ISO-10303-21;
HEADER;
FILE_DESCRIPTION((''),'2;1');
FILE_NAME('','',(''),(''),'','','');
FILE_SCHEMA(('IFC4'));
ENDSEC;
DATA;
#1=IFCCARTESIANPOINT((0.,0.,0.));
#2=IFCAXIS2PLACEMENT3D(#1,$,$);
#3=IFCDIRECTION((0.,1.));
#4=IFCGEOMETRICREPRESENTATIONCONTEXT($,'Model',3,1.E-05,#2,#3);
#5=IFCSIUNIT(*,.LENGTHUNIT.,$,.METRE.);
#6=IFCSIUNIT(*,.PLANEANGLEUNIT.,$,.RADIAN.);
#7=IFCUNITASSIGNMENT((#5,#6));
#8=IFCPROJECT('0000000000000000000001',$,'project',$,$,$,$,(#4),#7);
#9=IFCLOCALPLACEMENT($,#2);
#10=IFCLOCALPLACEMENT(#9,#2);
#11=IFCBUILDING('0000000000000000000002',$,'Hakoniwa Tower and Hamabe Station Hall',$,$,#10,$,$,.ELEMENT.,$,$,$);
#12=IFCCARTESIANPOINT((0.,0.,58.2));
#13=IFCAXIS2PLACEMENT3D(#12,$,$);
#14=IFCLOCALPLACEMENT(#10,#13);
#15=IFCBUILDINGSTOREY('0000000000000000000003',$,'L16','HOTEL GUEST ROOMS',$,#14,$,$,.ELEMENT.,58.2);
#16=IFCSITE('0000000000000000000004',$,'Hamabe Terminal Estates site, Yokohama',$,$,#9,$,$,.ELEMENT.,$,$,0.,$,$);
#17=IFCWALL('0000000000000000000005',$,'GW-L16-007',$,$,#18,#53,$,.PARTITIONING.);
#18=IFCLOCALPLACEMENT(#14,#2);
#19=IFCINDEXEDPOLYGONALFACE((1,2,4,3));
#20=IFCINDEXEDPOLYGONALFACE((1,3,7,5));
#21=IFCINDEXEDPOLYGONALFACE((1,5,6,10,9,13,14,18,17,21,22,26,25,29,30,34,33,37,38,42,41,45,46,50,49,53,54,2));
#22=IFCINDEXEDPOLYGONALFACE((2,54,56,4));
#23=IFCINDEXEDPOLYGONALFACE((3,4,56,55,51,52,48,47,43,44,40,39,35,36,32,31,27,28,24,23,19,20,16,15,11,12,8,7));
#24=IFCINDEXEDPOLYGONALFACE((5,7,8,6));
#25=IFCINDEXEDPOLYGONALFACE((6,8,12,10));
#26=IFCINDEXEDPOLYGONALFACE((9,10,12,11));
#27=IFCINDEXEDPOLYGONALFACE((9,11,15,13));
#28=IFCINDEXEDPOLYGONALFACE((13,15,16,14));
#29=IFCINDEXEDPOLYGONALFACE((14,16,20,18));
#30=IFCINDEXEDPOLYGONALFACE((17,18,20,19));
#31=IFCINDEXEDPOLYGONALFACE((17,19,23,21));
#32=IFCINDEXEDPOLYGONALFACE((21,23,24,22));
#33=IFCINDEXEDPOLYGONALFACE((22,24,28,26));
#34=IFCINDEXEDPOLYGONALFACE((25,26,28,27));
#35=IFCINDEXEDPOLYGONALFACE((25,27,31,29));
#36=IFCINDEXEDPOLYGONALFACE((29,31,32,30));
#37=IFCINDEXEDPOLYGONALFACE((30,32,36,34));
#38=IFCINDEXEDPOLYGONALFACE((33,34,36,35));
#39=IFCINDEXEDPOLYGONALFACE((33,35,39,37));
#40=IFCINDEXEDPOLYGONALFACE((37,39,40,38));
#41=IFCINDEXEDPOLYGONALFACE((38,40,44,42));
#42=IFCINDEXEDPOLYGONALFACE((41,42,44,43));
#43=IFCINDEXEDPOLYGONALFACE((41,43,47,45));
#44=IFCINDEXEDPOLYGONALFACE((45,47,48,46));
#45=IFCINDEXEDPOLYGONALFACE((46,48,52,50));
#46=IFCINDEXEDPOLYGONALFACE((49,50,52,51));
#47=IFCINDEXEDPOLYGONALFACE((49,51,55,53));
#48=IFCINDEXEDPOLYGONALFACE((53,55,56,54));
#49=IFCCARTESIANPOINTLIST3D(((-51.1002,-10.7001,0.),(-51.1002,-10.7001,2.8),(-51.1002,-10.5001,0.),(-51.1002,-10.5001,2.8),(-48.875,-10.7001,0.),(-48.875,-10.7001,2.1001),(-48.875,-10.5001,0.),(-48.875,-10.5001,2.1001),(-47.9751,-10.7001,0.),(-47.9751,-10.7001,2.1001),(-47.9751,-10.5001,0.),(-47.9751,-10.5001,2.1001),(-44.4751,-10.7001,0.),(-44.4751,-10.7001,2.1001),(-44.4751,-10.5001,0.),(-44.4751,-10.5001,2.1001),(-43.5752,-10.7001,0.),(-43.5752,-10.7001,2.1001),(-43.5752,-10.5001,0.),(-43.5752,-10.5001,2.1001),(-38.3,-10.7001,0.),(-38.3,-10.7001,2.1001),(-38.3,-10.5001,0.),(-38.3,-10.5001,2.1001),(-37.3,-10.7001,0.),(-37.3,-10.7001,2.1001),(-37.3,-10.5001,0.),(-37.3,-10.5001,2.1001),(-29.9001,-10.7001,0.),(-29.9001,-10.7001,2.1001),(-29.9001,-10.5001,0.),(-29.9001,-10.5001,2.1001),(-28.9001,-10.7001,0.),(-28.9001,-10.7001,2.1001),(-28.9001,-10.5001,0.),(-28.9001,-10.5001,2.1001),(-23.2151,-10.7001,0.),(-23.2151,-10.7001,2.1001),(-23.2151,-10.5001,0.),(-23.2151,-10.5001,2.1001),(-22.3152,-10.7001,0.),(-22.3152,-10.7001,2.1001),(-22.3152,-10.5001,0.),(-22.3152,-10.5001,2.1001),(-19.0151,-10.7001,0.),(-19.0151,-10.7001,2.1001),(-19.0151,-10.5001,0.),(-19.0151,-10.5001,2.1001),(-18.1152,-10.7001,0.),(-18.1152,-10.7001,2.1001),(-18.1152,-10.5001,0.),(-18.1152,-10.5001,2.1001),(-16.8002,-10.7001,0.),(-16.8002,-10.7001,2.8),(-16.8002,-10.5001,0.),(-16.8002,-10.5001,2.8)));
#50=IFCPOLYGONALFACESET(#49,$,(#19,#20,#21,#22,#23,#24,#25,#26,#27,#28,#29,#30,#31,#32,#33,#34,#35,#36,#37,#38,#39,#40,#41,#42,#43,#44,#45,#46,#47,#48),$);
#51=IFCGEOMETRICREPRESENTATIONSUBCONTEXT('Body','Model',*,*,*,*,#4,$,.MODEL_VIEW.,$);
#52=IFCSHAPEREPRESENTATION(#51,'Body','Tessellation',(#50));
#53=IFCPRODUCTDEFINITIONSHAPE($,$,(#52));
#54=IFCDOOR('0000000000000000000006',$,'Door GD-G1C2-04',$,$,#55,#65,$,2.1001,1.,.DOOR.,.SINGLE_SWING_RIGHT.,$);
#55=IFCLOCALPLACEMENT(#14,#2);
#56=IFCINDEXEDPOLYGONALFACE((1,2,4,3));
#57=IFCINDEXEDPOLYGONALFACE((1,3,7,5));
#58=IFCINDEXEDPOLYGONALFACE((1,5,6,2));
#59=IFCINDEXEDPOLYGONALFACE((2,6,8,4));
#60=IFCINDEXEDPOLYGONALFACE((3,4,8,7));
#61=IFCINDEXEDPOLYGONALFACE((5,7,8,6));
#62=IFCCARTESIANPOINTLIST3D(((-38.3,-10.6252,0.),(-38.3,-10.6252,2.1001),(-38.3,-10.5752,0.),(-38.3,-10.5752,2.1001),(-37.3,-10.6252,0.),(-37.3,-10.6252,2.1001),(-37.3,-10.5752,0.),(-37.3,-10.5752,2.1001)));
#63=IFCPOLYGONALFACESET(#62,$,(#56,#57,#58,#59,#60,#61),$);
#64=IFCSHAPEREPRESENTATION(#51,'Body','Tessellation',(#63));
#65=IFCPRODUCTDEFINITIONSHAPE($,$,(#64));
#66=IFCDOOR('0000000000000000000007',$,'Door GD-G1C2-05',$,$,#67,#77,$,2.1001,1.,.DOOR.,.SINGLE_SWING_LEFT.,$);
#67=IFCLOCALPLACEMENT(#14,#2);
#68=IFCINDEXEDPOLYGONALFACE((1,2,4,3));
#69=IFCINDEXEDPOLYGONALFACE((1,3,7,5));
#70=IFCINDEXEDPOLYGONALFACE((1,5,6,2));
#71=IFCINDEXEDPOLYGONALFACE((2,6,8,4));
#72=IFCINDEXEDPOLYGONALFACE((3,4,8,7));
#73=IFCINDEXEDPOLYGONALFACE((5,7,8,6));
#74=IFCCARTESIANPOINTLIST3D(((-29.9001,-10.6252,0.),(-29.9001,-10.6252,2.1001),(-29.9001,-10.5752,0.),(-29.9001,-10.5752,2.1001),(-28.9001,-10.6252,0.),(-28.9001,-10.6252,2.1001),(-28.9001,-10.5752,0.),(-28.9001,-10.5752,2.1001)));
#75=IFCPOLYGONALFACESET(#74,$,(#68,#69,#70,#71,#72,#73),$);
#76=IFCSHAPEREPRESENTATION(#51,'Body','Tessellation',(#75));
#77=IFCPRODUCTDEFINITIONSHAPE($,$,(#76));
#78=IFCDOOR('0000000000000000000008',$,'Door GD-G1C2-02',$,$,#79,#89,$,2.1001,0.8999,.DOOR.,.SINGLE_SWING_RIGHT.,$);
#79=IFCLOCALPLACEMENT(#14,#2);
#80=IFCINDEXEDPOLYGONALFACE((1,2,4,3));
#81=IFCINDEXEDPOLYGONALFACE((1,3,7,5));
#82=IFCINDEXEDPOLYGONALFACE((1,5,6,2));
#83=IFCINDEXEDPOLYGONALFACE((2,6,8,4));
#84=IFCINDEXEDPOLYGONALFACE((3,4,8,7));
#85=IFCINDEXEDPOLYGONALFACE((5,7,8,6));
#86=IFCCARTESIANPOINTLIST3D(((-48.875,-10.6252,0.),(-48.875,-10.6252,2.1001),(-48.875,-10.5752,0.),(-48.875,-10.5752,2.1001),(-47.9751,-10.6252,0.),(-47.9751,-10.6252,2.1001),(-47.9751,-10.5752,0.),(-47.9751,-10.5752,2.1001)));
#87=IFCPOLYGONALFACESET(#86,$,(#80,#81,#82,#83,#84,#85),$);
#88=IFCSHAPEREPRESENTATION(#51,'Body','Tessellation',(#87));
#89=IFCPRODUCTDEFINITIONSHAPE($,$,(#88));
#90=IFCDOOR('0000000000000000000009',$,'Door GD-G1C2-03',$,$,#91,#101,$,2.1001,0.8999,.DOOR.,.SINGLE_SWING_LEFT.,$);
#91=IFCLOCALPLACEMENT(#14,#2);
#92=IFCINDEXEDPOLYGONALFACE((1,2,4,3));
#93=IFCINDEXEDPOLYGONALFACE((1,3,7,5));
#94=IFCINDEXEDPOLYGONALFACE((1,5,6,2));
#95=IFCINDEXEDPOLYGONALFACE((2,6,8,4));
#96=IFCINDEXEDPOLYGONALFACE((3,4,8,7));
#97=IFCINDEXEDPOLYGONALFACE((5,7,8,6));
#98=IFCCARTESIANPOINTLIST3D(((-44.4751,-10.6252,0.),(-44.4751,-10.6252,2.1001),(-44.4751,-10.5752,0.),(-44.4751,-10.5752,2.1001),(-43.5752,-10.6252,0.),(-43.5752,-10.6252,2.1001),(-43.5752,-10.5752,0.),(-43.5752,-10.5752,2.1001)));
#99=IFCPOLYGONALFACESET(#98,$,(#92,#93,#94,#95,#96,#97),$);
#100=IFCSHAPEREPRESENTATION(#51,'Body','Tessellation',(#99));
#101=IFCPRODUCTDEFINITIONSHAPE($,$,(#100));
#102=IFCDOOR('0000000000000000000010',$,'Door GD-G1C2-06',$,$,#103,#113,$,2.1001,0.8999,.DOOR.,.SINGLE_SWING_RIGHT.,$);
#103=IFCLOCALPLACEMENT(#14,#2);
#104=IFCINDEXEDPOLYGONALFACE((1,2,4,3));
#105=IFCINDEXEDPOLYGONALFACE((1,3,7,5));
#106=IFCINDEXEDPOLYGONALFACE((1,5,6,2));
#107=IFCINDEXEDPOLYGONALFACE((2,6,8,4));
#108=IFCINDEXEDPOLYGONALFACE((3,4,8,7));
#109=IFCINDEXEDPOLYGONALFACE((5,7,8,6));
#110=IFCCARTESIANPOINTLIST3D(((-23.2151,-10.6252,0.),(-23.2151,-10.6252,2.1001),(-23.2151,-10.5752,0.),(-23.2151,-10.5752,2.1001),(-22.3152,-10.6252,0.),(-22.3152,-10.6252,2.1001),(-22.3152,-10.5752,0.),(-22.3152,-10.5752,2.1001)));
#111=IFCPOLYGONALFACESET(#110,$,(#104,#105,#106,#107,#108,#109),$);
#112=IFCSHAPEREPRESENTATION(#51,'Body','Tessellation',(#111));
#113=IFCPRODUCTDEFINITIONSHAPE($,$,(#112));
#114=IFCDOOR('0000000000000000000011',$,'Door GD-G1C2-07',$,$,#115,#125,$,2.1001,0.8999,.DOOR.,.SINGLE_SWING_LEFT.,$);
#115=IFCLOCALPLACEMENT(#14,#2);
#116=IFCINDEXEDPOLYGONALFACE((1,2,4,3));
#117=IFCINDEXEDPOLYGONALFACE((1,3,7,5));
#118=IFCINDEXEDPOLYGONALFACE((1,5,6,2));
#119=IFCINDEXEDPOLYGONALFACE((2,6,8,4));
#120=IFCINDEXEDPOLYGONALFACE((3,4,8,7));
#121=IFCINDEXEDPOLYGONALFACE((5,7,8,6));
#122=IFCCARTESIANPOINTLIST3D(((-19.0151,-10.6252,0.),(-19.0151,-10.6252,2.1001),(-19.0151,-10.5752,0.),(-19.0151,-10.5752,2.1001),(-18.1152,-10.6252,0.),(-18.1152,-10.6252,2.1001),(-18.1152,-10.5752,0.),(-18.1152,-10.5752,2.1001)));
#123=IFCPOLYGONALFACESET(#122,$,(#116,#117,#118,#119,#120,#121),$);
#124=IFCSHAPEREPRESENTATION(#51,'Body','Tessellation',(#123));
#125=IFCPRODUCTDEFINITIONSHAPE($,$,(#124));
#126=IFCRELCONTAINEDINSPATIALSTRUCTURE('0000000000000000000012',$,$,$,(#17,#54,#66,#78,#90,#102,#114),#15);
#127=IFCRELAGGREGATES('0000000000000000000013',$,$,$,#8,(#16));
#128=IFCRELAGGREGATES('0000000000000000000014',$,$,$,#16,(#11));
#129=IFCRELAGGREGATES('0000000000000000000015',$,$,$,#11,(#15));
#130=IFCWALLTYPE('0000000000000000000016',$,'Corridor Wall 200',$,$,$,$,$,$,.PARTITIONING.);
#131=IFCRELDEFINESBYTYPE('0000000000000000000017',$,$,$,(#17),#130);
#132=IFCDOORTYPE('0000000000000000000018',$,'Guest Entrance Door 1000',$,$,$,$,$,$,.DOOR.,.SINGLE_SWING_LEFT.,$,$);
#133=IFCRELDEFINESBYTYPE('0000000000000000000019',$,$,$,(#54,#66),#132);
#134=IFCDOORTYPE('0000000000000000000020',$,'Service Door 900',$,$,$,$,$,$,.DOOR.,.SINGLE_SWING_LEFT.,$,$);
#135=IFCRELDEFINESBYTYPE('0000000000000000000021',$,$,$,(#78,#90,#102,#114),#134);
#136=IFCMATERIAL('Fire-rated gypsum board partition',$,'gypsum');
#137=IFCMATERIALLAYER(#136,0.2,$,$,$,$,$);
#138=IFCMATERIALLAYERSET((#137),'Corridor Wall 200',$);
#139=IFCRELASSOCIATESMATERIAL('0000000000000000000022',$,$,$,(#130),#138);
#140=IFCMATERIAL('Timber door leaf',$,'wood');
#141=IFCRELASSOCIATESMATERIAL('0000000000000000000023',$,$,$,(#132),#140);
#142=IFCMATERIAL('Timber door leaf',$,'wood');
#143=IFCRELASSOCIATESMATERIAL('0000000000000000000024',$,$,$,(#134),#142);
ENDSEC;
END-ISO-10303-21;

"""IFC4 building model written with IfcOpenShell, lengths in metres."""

from ifc_helpers import new_model, si_unit, direction, frame, frame_2d, origin, place, context, subcontext, project, spatial, rectangle, extrude, material, layer, layer_set, type_object, element, fill, save


model = new_model("IFC4")

# Units and contexts
model_context = context("Model", 3, precision=1e-05, world=origin(), true_north=direction((0.0, 1.0)))
body_context = subcontext(model_context, "Body", "Model", "MODEL_VIEW")
ifc_project = project(units=[si_unit("LENGTHUNIT", "METRE"), si_unit("PLANEANGLEUNIT", "RADIAN")], contexts=[model_context])

# Site, building, storey
site_placement = place(None, origin())
site = spatial("IfcSite", under=ifc_project, at=site_placement, Name="Hamabe Terminal Estates site, Yokohama", CompositionType="ELEMENT", RefElevation=0.0)
building_placement = place(site_placement, origin())
building = spatial("IfcBuilding", under=site, at=building_placement, Name="Hakoniwa Tower and Hamabe Station Hall", CompositionType="ELEMENT")
storey_placement = place(building_placement, frame((0.0, 0.0, 58.2)))
storey = spatial("IfcBuildingStorey", under=building, at=storey_placement, Name="L16", Description="HOTEL GUEST ROOMS", CompositionType="ELEMENT", Elevation=58.2)

# Wall, openings, doors
ifc_material_1 = material(Name="Fire-rated gypsum board partition", Category="gypsum")
ifc_layer_1 = layer(ifc_material_1, 0.2)
ifc_layer_set_1 = layer_set([ifc_layer_1], Name="Corridor Wall 200")
wall_type_1 = type_object("IfcWallType", Name="Corridor Wall 200", PredefinedType="PARTITIONING", material=ifc_layer_set_1)
wall_1_placement = place(storey_placement, frame((-51.1001, -10.6001, 0.0), z_axis=(0.0, 0.0, 1.0), x_axis=(1.0, 0.0, 0.0)))
wall_1 = element("IfcWall", 1, at=wall_1_placement, inside=storey, type_object=wall_type_1, Name="GW-L16-007", PredefinedType="PARTITIONING", context=body_context, shape_type="SweptSolid", body=[
    extrude(rectangle(XDim=34.3, YDim=0.2, at=frame_2d((17.1499, 0.0))), origin(), (0.0, 0.0, 1.0), 2.8),
])
opening_1_placement = place(wall_1_placement, frame((2.2251, 0.0, 0.0)))
opening_1 = element("IfcOpeningElement", 2, at=opening_1_placement, cuts=wall_1, PredefinedType="OPENING", context=body_context, shape_type="SweptSolid", body=[
    extrude(rectangle(XDim=0.8999, YDim=2.1001, at=frame_2d((0.45, 1.05))), frame((0.0, 0.1099, 0.0), z_axis=(0.0, -1.0, 0.0), x_axis=(1.0, 0.0, 0.0)), (0.0, 0.0, 1.0), 0.22),
])
opening_2_placement = place(wall_1_placement, frame((6.625, 0.0, 0.0)))
opening_2 = element("IfcOpeningElement", 3, at=opening_2_placement, cuts=wall_1, PredefinedType="OPENING", context=body_context, shape_type="SweptSolid", body=[
    extrude(rectangle(XDim=0.8999, YDim=2.1001, at=frame_2d((0.45, 1.05))), frame((0.0, 0.1099, 0.0), z_axis=(0.0, -1.0, 0.0), x_axis=(1.0, 0.0, 0.0)), (0.0, 0.0, 1.0), 0.22),
])
opening_3_placement = place(wall_1_placement, frame((12.8, 0.0, 0.0)))
opening_3 = element("IfcOpeningElement", 4, at=opening_3_placement, cuts=wall_1, PredefinedType="OPENING", context=body_context, shape_type="SweptSolid", body=[
    extrude(rectangle(XDim=1.0, YDim=2.1001, at=frame_2d((0.5, 1.05))), frame((0.0, 0.1099, 0.0), z_axis=(0.0, -1.0, 0.0), x_axis=(1.0, 0.0, 0.0)), (0.0, 0.0, 1.0), 0.22),
])
opening_4_placement = place(wall_1_placement, frame((21.2, 0.0, 0.0)))
opening_4 = element("IfcOpeningElement", 5, at=opening_4_placement, cuts=wall_1, PredefinedType="OPENING", context=body_context, shape_type="SweptSolid", body=[
    extrude(rectangle(XDim=1.0, YDim=2.1001, at=frame_2d((0.5, 1.05))), frame((0.0, 0.1099, 0.0), z_axis=(0.0, -1.0, 0.0), x_axis=(1.0, 0.0, 0.0)), (0.0, 0.0, 1.0), 0.22),
])
opening_5_placement = place(wall_1_placement, frame((27.885, 0.0, 0.0)))
opening_5 = element("IfcOpeningElement", 6, at=opening_5_placement, cuts=wall_1, PredefinedType="OPENING", context=body_context, shape_type="SweptSolid", body=[
    extrude(rectangle(XDim=0.8999, YDim=2.1001, at=frame_2d((0.45, 1.05))), frame((0.0, 0.1099, 0.0), z_axis=(0.0, -1.0, 0.0), x_axis=(1.0, 0.0, 0.0)), (0.0, 0.0, 1.0), 0.22),
])
opening_6_placement = place(wall_1_placement, frame((32.085, 0.0, 0.0)))
opening_6 = element("IfcOpeningElement", 7, at=opening_6_placement, cuts=wall_1, PredefinedType="OPENING", context=body_context, shape_type="SweptSolid", body=[
    extrude(rectangle(XDim=0.8999, YDim=2.1001, at=frame_2d((0.45, 1.05))), frame((0.0, 0.1099, 0.0), z_axis=(0.0, -1.0, 0.0), x_axis=(1.0, 0.0, 0.0)), (0.0, 0.0, 1.0), 0.22),
])
ifc_material_2 = material(Name="Timber door leaf", Category="wood")
door_type_1 = type_object("IfcDoorType", Name="Guest Entrance Door 1000", OperationType="SINGLE_SWING_LEFT", PredefinedType="DOOR", material=ifc_material_2)
door_1_placement = place(opening_3_placement, origin())
door_1 = element("IfcDoor", 8, at=door_1_placement, inside=storey, type_object=door_type_1, Name="Door GD-G1C2-04", OperationType="SINGLE_SWING_RIGHT", OverallHeight=2.1001, OverallWidth=1.0, PredefinedType="DOOR", context=body_context, shape_type="SweptSolid", body=[
    extrude(rectangle(XDim=1.0, YDim=2.1001, at=frame_2d((0.5, 1.05))), frame((0.0, 0.0249, 0.0), z_axis=(0.0, -1.0, 0.0), x_axis=(1.0, 0.0, 0.0)), (0.0, 0.0, 1.0), 0.05),
])
fill(opening_3, door_1)
door_2_placement = place(opening_4_placement, origin())
door_2 = element("IfcDoor", 9, at=door_2_placement, inside=storey, type_object=door_type_1, Name="Door GD-G1C2-05", OperationType="SINGLE_SWING_LEFT", OverallHeight=2.1001, OverallWidth=1.0, PredefinedType="DOOR", context=body_context, shape_type="SweptSolid", body=[
    extrude(rectangle(XDim=1.0, YDim=2.1001, at=frame_2d((0.5, 1.05))), frame((0.0, 0.0249, 0.0), z_axis=(0.0, -1.0, 0.0), x_axis=(1.0, 0.0, 0.0)), (0.0, 0.0, 1.0), 0.05),
])
fill(opening_4, door_2)
ifc_material_3 = material(Name="Timber door leaf", Category="wood")
door_type_2 = type_object("IfcDoorType", Name="Service Door 900", OperationType="SINGLE_SWING_LEFT", PredefinedType="DOOR", material=ifc_material_3)
door_3_placement = place(opening_1_placement, origin())
door_3 = element("IfcDoor", 10, at=door_3_placement, inside=storey, type_object=door_type_2, Name="Door GD-G1C2-02", OperationType="SINGLE_SWING_RIGHT", OverallHeight=2.1001, OverallWidth=0.8999, PredefinedType="DOOR", context=body_context, shape_type="SweptSolid", body=[
    extrude(rectangle(XDim=0.8999, YDim=2.1001, at=frame_2d((0.45, 1.05))), frame((0.0, 0.0249, 0.0), z_axis=(0.0, -1.0, 0.0), x_axis=(1.0, 0.0, 0.0)), (0.0, 0.0, 1.0), 0.05),
])
fill(opening_1, door_3)
door_4_placement = place(opening_2_placement, origin())
door_4 = element("IfcDoor", 11, at=door_4_placement, inside=storey, type_object=door_type_2, Name="Door GD-G1C2-03", OperationType="SINGLE_SWING_LEFT", OverallHeight=2.1001, OverallWidth=0.8999, PredefinedType="DOOR", context=body_context, shape_type="SweptSolid", body=[
    extrude(rectangle(XDim=0.8999, YDim=2.1001, at=frame_2d((0.45, 1.05))), frame((0.0, 0.0249, 0.0), z_axis=(0.0, -1.0, 0.0), x_axis=(1.0, 0.0, 0.0)), (0.0, 0.0, 1.0), 0.05),
])
fill(opening_2, door_4)
door_5_placement = place(opening_5_placement, origin())
door_5 = element("IfcDoor", 12, at=door_5_placement, inside=storey, type_object=door_type_2, Name="Door GD-G1C2-06", OperationType="SINGLE_SWING_RIGHT", OverallHeight=2.1001, OverallWidth=0.8999, PredefinedType="DOOR", context=body_context, shape_type="SweptSolid", body=[
    extrude(rectangle(XDim=0.8999, YDim=2.1001, at=frame_2d((0.45, 1.05))), frame((0.0, 0.0249, 0.0), z_axis=(0.0, -1.0, 0.0), x_axis=(1.0, 0.0, 0.0)), (0.0, 0.0, 1.0), 0.05),
])
fill(opening_5, door_5)
door_6_placement = place(opening_6_placement, origin())
door_6 = element("IfcDoor", 13, at=door_6_placement, inside=storey, type_object=door_type_2, Name="Door GD-G1C2-07", OperationType="SINGLE_SWING_LEFT", OverallHeight=2.1001, OverallWidth=0.8999, PredefinedType="DOOR", context=body_context, shape_type="SweptSolid", body=[
    extrude(rectangle(XDim=0.8999, YDim=2.1001, at=frame_2d((0.45, 1.05))), frame((0.0, 0.0249, 0.0), z_axis=(0.0, -1.0, 0.0), x_axis=(1.0, 0.0, 0.0)), (0.0, 0.0, 1.0), 0.05),
])
fill(opening_6, door_6)

save(model, "model.ifc")
